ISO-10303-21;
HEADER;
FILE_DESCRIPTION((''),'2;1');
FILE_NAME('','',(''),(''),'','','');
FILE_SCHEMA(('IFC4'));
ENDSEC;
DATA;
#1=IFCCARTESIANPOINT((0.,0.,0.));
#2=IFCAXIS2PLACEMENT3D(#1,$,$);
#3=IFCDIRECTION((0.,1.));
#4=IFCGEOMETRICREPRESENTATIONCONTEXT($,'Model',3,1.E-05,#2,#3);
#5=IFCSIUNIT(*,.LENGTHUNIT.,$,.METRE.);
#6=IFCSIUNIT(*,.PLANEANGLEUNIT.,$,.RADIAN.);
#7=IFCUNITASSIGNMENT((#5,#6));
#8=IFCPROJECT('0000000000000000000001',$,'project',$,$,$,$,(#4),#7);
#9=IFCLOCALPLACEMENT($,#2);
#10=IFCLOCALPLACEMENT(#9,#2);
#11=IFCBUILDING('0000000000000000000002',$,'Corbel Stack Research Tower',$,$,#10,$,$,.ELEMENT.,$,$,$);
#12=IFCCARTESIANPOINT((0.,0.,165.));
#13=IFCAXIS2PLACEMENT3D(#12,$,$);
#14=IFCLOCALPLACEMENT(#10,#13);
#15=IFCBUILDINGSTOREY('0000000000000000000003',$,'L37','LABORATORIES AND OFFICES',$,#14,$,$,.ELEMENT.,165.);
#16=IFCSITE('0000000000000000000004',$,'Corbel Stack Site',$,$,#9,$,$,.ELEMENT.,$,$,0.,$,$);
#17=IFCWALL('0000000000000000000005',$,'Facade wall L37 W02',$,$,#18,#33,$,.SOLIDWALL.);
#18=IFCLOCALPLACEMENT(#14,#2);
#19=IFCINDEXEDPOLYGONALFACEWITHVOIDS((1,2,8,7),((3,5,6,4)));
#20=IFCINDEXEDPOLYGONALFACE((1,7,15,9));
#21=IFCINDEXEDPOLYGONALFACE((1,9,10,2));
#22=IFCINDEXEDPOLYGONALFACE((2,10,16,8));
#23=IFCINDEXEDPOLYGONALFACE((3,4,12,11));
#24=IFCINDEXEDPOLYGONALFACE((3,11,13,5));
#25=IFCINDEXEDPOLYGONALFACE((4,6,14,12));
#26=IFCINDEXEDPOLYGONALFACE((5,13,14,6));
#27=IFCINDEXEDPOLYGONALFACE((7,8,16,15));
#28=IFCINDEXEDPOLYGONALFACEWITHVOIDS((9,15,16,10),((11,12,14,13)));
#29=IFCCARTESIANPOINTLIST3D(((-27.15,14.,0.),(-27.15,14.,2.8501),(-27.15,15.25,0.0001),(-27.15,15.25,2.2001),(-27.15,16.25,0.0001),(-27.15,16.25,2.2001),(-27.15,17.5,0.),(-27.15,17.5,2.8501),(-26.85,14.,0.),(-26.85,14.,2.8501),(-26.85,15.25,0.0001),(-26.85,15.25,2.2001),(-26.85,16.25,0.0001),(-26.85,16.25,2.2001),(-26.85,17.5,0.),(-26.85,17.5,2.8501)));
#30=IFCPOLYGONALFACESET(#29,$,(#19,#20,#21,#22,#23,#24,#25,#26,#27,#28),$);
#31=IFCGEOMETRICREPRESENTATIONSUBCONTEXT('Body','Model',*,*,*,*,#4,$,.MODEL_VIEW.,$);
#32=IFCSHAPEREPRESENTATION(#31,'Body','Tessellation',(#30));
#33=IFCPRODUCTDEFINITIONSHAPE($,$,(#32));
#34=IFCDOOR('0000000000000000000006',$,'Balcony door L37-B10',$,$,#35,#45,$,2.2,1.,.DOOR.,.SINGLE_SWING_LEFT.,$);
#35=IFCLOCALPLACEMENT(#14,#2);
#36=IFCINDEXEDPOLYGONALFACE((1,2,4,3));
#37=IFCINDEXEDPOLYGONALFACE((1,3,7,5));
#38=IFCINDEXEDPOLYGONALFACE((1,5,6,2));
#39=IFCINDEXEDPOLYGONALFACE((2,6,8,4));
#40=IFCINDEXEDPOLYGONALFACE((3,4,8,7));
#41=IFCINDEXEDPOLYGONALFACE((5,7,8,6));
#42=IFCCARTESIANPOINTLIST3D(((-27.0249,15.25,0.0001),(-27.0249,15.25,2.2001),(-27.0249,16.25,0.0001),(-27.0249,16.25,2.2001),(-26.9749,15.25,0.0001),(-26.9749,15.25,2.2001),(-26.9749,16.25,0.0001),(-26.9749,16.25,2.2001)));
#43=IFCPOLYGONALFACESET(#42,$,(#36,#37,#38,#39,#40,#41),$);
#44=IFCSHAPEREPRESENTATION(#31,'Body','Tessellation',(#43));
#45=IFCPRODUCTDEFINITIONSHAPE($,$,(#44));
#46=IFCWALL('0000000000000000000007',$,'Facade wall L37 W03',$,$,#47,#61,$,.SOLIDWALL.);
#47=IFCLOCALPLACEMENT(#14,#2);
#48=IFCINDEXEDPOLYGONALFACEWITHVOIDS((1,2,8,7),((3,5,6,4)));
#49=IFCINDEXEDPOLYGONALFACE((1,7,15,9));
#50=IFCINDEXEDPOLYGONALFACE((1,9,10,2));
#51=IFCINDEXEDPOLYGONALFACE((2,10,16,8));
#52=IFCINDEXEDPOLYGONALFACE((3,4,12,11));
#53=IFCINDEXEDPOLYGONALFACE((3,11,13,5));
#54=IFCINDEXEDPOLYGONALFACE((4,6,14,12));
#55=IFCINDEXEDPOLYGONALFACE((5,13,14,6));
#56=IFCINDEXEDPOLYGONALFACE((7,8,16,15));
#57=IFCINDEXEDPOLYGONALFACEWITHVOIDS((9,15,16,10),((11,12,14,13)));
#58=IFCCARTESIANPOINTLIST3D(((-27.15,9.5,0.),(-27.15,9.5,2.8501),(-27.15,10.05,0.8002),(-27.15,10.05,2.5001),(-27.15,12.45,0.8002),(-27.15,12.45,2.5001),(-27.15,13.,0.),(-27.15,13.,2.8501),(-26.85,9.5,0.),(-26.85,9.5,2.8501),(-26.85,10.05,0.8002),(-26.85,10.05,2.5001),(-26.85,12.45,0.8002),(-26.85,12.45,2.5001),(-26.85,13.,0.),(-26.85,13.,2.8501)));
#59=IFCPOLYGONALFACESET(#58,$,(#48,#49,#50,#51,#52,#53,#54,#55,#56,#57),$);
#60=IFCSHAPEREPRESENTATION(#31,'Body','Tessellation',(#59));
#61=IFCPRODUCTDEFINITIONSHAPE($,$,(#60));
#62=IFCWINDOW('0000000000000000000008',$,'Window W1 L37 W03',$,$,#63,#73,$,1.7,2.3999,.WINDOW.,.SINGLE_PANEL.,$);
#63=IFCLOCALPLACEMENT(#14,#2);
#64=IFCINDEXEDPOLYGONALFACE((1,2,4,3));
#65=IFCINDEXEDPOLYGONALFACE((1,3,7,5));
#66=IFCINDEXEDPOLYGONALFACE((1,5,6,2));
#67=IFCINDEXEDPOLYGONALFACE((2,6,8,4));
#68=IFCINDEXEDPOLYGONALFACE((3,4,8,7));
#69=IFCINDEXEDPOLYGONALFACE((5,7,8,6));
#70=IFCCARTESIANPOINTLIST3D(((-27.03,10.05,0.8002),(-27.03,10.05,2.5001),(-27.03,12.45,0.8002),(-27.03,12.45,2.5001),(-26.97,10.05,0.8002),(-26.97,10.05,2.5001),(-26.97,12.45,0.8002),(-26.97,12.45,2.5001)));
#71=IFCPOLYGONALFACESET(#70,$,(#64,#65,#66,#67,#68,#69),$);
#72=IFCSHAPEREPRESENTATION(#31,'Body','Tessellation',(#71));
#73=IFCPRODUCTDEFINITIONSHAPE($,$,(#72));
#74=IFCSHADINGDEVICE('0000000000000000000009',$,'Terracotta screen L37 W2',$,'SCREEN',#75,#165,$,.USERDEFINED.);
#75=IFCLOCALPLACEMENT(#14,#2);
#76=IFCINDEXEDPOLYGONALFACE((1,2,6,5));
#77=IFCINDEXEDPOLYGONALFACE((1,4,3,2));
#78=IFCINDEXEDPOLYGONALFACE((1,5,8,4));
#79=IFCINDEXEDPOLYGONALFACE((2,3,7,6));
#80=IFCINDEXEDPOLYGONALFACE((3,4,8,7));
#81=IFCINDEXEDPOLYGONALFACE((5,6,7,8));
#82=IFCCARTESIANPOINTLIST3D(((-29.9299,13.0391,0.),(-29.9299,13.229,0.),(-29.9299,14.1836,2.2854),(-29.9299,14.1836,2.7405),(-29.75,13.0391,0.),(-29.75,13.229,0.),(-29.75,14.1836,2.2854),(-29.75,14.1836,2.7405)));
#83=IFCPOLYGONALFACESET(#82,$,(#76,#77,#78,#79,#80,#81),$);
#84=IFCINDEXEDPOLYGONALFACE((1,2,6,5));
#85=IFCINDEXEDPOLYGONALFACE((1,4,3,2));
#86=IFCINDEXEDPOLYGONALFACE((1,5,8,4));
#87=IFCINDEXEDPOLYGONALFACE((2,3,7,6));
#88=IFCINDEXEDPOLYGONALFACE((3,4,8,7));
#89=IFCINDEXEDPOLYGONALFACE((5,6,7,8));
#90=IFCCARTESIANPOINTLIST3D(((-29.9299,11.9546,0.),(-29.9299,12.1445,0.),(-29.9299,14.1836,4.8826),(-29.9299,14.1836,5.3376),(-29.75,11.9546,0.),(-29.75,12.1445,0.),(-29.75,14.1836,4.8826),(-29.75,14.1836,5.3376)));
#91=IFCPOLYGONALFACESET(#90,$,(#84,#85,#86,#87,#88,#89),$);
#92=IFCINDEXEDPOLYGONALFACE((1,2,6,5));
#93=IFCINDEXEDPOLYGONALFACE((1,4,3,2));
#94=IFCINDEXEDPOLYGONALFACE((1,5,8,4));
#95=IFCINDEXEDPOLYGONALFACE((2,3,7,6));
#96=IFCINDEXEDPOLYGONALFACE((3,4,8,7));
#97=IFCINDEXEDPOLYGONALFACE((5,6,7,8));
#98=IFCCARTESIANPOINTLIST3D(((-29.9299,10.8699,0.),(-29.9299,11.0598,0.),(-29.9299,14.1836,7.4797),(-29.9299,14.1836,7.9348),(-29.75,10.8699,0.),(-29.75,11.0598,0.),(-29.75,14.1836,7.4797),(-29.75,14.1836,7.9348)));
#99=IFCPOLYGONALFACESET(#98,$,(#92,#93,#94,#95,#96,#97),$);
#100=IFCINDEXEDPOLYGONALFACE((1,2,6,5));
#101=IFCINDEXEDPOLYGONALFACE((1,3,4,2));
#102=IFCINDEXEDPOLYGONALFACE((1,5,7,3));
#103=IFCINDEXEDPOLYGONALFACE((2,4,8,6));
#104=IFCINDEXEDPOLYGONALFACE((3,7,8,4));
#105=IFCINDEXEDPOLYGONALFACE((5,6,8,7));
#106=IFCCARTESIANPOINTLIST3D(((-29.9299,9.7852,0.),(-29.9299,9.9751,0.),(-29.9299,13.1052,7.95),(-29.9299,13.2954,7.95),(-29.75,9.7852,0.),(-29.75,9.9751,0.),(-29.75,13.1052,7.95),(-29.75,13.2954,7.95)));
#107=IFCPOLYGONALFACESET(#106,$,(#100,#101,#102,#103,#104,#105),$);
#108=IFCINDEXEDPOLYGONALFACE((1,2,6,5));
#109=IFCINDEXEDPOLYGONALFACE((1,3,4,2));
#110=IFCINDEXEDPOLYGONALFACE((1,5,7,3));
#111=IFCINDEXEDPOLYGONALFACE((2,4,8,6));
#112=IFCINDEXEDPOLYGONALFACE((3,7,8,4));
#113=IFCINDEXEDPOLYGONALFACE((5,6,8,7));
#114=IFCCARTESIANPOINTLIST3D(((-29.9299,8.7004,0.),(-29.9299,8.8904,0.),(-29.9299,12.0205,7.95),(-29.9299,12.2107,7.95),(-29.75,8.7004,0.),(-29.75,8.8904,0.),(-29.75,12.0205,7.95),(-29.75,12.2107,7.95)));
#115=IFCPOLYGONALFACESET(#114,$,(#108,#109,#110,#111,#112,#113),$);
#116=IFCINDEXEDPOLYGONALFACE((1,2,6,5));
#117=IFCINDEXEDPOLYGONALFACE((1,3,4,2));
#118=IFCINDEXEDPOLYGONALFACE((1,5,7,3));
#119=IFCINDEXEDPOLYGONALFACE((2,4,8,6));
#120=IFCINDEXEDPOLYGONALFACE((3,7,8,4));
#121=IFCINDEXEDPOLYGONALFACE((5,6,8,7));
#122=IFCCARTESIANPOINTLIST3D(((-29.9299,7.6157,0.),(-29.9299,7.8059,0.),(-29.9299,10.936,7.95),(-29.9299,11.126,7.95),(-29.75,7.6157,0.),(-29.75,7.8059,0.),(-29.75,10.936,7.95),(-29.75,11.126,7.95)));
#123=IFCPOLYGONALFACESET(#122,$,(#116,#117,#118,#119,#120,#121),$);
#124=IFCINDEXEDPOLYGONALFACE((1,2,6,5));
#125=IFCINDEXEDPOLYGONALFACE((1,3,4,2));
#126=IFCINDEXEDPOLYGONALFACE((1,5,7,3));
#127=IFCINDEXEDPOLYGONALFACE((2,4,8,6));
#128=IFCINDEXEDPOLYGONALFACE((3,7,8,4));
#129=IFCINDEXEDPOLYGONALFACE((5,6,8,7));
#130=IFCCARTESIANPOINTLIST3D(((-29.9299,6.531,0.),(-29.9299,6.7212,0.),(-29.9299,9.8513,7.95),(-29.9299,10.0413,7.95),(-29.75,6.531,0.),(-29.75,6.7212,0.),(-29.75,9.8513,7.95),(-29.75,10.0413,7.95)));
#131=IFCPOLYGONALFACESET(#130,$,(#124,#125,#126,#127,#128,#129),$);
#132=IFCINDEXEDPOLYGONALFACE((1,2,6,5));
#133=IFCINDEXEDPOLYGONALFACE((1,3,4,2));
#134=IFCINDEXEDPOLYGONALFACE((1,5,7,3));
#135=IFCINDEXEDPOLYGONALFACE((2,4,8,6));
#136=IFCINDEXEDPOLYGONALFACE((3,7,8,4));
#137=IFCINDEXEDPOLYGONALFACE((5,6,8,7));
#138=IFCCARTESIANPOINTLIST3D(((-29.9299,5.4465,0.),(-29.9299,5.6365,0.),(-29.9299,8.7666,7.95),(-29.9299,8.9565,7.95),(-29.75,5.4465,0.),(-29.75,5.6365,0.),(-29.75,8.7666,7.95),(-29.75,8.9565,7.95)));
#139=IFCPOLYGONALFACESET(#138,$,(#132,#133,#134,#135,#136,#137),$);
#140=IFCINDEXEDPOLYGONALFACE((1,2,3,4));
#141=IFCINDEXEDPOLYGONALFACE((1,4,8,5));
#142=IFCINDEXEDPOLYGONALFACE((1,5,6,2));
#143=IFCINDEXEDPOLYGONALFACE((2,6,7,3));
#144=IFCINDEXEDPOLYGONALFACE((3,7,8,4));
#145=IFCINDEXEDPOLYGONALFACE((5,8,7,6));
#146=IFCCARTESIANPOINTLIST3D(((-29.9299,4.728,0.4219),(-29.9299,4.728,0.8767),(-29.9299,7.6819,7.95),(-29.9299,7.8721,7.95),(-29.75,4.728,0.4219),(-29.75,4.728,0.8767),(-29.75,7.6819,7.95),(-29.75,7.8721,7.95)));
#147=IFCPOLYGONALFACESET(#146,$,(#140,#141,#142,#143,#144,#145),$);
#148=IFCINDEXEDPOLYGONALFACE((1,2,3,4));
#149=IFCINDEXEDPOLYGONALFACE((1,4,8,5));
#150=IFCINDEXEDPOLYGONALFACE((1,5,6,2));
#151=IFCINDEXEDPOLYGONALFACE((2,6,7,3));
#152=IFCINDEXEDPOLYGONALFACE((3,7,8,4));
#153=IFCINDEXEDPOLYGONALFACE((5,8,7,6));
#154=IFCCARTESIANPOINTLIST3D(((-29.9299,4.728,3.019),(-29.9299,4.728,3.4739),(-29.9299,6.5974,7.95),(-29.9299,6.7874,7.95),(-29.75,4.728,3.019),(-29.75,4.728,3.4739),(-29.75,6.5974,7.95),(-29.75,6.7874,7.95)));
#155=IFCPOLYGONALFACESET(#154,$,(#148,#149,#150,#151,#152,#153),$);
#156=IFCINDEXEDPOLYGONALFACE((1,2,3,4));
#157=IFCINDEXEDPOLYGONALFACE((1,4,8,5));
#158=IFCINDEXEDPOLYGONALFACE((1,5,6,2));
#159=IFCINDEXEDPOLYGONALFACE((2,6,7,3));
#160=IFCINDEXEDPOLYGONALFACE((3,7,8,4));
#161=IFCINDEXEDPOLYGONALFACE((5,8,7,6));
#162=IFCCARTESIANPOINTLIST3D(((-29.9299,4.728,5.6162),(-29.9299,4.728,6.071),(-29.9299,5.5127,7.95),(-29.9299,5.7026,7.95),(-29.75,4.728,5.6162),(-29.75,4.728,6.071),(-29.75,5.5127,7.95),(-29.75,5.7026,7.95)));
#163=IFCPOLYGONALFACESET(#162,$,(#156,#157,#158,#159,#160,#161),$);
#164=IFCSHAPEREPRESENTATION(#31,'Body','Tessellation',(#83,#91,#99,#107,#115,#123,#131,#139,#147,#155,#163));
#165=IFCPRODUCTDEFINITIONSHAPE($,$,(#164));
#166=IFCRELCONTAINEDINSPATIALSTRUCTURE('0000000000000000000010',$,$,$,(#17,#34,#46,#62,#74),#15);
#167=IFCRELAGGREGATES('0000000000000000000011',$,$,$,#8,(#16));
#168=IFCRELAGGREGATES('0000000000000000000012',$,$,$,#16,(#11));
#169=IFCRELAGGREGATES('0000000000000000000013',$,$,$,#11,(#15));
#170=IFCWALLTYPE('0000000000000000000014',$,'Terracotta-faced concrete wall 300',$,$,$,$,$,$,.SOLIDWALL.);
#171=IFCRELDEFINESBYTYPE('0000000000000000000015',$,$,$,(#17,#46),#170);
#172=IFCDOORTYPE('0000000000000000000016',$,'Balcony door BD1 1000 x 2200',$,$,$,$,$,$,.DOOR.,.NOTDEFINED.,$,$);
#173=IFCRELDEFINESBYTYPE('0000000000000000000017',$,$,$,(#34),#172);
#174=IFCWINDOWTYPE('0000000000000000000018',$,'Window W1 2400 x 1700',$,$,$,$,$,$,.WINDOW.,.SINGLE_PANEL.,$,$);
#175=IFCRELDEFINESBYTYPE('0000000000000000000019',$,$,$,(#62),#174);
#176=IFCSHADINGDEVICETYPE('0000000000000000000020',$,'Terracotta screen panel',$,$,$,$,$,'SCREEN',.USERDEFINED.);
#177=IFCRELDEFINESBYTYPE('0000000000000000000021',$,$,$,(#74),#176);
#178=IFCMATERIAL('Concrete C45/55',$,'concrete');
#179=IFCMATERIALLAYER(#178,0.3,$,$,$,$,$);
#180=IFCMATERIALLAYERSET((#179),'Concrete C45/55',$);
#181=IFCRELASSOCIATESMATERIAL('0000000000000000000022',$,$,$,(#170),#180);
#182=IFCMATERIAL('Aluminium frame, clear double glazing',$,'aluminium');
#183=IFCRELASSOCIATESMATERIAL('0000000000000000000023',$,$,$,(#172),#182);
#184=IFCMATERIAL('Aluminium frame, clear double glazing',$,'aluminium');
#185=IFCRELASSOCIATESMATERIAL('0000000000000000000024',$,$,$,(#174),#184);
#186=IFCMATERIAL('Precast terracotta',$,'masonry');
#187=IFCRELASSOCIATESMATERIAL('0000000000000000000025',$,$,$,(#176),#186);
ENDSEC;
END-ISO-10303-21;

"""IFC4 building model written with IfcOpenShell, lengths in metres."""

from ifc_helpers import new_model, si_unit, direction, frame, frame_2d, origin, place, context, subcontext, project, spatial, polyline, rectangle, outline, extrude, source, transform, mapped, material, layer, layer_set, type_object, element, fill, save


model = new_model("IFC4")

# Units and contexts
model_context = context("Model", 3, precision=1e-05, world=origin(), true_north=direction((0.0, 1.0)))
body_context = subcontext(model_context, "Body", "Model", "MODEL_VIEW")
ifc_project = project(units=[si_unit("LENGTHUNIT", "METRE"), si_unit("PLANEANGLEUNIT", "RADIAN")], contexts=[model_context])

# Site, building, storey
site_placement = place(None, origin())
site = spatial("IfcSite", under=ifc_project, at=site_placement, Name="Corbel Stack Site", CompositionType="ELEMENT", RefElevation=0.0)
building_placement = place(site_placement, origin())
building = spatial("IfcBuilding", under=site, at=building_placement, Name="Corbel Stack Research Tower", CompositionType="ELEMENT")
storey_placement = place(building_placement, frame((0.0, 0.0, 165.0)))
storey = spatial("IfcBuildingStorey", under=building, at=storey_placement, Name="L37", Description="LABORATORIES AND OFFICES", CompositionType="ELEMENT", Elevation=165.0)

# Wall, opening, door
ifc_material_1 = material(Name="Concrete C45/55", Category="concrete")
ifc_layer_1 = layer(ifc_material_1, 0.3)
ifc_layer_set_1 = layer_set([ifc_layer_1], Name="Concrete C45/55")
wall_type_1 = type_object("IfcWallType", Name="Terracotta-faced concrete wall 300", PredefinedType="SOLIDWALL", material=ifc_layer_set_1)
wall_1_placement = place(storey_placement, frame((-27.0, 14.0, 0.0), z_axis=(0.0, 0.0, 1.0), x_axis=(0.0, 1.0, 0.0)))
wall_1 = element("IfcWall", 1, at=wall_1_placement, inside=storey, type_object=wall_type_1, Name="Facade wall L37 W02", PredefinedType="SOLIDWALL", context=body_context, shape_type="SweptSolid", body=[
    extrude(rectangle(XDim=3.5, YDim=0.3, at=frame_2d((1.75, 0.0))), origin(), (0.0, 0.0, 1.0), 2.8501),
])
opening_1_placement = place(wall_1_placement, frame((1.25, 0.0, 0.0)))
opening_1 = element("IfcOpeningElement", 2, at=opening_1_placement, cuts=wall_1, PredefinedType="OPENING", context=body_context, shape_type="SweptSolid", body=[
    extrude(rectangle(XDim=1.0, YDim=2.2, at=frame_2d((0.5, 1.1001))), frame((0.0, 0.1599, 0.0), z_axis=(0.0, -1.0, 0.0), x_axis=(1.0, 0.0, 0.0)), (0.0, 0.0, 1.0), 0.3201),
])
ifc_material_2 = material(Name="Aluminium frame, clear double glazing", Category="aluminium")
door_type_1 = type_object("IfcDoorType", Name="Balcony door BD1 1000 x 2200", OperationType="NOTDEFINED", PredefinedType="DOOR", material=ifc_material_2)
door_1_placement = place(opening_1_placement, origin())
door_1 = element("IfcDoor", 3, at=door_1_placement, inside=storey, type_object=door_type_1, Name="Balcony door L37-B10", OperationType="SINGLE_SWING_LEFT", OverallHeight=2.2, OverallWidth=1.0, PredefinedType="DOOR", context=body_context, shape_type="SweptSolid", body=[
    extrude(rectangle(XDim=1.0, YDim=2.2, at=frame_2d((0.5, 1.1001))), frame((0.0, 0.0249, 0.0), z_axis=(0.0, -1.0, 0.0), x_axis=(1.0, 0.0, 0.0)), (0.0, 0.0, 1.0), 0.05),
])
fill(opening_1, door_1)

# Wall, opening, window
wall_2_placement = place(storey_placement, frame((-27.0, 9.5, 0.0), z_axis=(0.0, 0.0, 1.0), x_axis=(0.0, 1.0, 0.0)))
wall_2 = element("IfcWall", 4, at=wall_2_placement, inside=storey, type_object=wall_type_1, Name="Facade wall L37 W03", PredefinedType="SOLIDWALL", context=body_context, shape_type="SweptSolid", body=[
    extrude(rectangle(XDim=3.5, YDim=0.3, at=frame_2d((1.75, 0.0))), origin(), (0.0, 0.0, 1.0), 2.8501),
])
opening_2_placement = place(wall_2_placement, frame((0.55, 0.0, 0.8)))
opening_2 = element("IfcOpeningElement", 5, at=opening_2_placement, cuts=wall_2, PredefinedType="OPENING", context=body_context, shape_type="SweptSolid", body=[
    extrude(rectangle(XDim=2.3999, YDim=1.7, at=frame_2d((1.2, 0.8501))), frame((0.0, 0.1599, 0.0), z_axis=(0.0, -1.0, 0.0), x_axis=(1.0, 0.0, 0.0)), (0.0, 0.0, 1.0), 0.3201),
])
ifc_material_3 = material(Name="Aluminium frame, clear double glazing", Category="aluminium")
window_type = type_object("IfcWindowType", Name="Window W1 2400 x 1700", PartitioningType="SINGLE_PANEL", PredefinedType="WINDOW", material=ifc_material_3)
window_placement = place(opening_2_placement, origin())
window = element("IfcWindow", 6, at=window_placement, inside=storey, type_object=window_type, Name="Window W1 L37 W03", OverallHeight=1.7, OverallWidth=2.3999, PartitioningType="SINGLE_PANEL", PredefinedType="WINDOW", context=body_context, shape_type="SweptSolid", body=[
    extrude(rectangle(XDim=2.3999, YDim=1.7, at=frame_2d((1.2, 0.8501))), frame((0.0, 0.03, 0.0), z_axis=(0.0, -1.0, 0.0), x_axis=(1.0, 0.0, 0.0)), (0.0, 0.0, 1.0), 0.0601),
])
fill(opening_2, window)

# Shading device
ifc_material_4 = material(Name="Precast terracotta", Category="masonry")
shading_device_type = type_object("IfcShadingDeviceType", Name="Terracotta screen panel", ElementType="SCREEN", PredefinedType="USERDEFINED", material=ifc_material_4)
shared_shape = source(origin(), body_context, "Body", "SweptSolid", [
    extrude(outline(polyline([(1.1445, 0.0), (0.0, 2.7405), (0.0, 2.2854), (0.9546, 0.0), (1.1445, 0.0)])), frame((0.0, 0.0, 0.0), z_axis=(0.0, -1.0, 0.0), x_axis=(1.0, 0.0, 0.0)), (0.0, 0.0, 1.0), 0.1799),
    extrude(outline(polyline([(2.229, 0.0), (0.0, 5.3376), (0.0, 4.8826), (2.0391, 0.0), (2.229, 0.0)])), frame((0.0, 0.0, 0.0), z_axis=(0.0, -1.0, 0.0), x_axis=(1.0, 0.0, 0.0)), (0.0, 0.0, 1.0), 0.1799),
    extrude(outline(polyline([(3.3137, 0.0), (0.0, 7.9348), (0.0, 7.4797), (3.1238, 0.0), (3.3137, 0.0)])), frame((0.0, 0.0, 0.0), z_axis=(0.0, -1.0, 0.0), x_axis=(1.0, 0.0, 0.0)), (0.0, 0.0, 1.0), 0.1799),
    extrude(outline(polyline([(4.3984, 0.0), (1.0784, 7.95), (0.8882, 7.95), (4.2085, 0.0), (4.3984, 0.0)])), frame((0.0, 0.0, 0.0), z_axis=(0.0, -1.0, 0.0), x_axis=(1.0, 0.0, 0.0)), (0.0, 0.0, 1.0), 0.1799),
    extrude(outline(polyline([(5.4832, 0.0), (2.1631, 7.95), (1.9729, 7.95), (5.2932, 0.0), (5.4832, 0.0)])), frame((0.0, 0.0, 0.0), z_axis=(0.0, -1.0, 0.0), x_axis=(1.0, 0.0, 0.0)), (0.0, 0.0, 1.0), 0.1799),
    extrude(outline(polyline([(6.5679, 0.0), (3.2476, 7.95), (3.0576, 7.95), (6.3777, 0.0), (6.5679, 0.0)])), frame((0.0, 0.0, 0.0), z_axis=(0.0, -1.0, 0.0), x_axis=(1.0, 0.0, 0.0)), (0.0, 0.0, 1.0), 0.1799),
    extrude(outline(polyline([(7.6526, 0.0), (4.3323, 7.95), (4.1423, 7.95), (7.4624, 0.0), (7.6526, 0.0)])), frame((0.0, 0.0, 0.0), z_axis=(0.0, -1.0, 0.0), x_axis=(1.0, 0.0, 0.0)), (0.0, 0.0, 1.0), 0.1799),
    extrude(outline(polyline([(8.7371, 0.0), (5.417, 7.95), (5.2271, 7.95), (8.5471, 0.0), (8.7371, 0.0)])), frame((0.0, 0.0, 0.0), z_axis=(0.0, -1.0, 0.0), x_axis=(1.0, 0.0, 0.0)), (0.0, 0.0, 1.0), 0.1799),
    extrude(outline(polyline([(6.5017, 7.95), (6.3115, 7.95), (9.4556, 0.4219), (9.4556, 0.8767), (6.5017, 7.95)])), frame((0.0, 0.0, 0.0), z_axis=(0.0, -1.0, 0.0), x_axis=(1.0, 0.0, 0.0)), (0.0, 0.0, 1.0), 0.1799),
    extrude(outline(polyline([(7.5862, 7.95), (7.3962, 7.95), (9.4556, 3.019), (9.4556, 3.4739), (7.5862, 7.95)])), frame((0.0, 0.0, 0.0), z_axis=(0.0, -1.0, 0.0), x_axis=(1.0, 0.0, 0.0)), (0.0, 0.0, 1.0), 0.1799),
    extrude(outline(polyline([(8.6709, 7.95), (8.481, 7.95), (9.4556, 5.6162), (9.4556, 6.071), (8.6709, 7.95)])), frame((0.0, 0.0, 0.0), z_axis=(0.0, -1.0, 0.0), x_axis=(1.0, 0.0, 0.0)), (0.0, 0.0, 1.0), 0.1799),
])
shading_device_placement = place(storey_placement, frame((-29.75, 14.1836, 0.0), z_axis=(0.0, 0.0, 1.0), x_axis=(0.0, -1.0, 0.0)))
element("IfcShadingDevice", 7, at=shading_device_placement, inside=storey, type_object=shading_device_type, Name="Terracotta screen L37 W2", ObjectType="SCREEN", PredefinedType="USERDEFINED", context=body_context, shape_type="MappedRepresentation", body=[
    mapped(shared_shape, transform((0.0, 0.0, 0.0))),
])

save(model, "model.ifc")
